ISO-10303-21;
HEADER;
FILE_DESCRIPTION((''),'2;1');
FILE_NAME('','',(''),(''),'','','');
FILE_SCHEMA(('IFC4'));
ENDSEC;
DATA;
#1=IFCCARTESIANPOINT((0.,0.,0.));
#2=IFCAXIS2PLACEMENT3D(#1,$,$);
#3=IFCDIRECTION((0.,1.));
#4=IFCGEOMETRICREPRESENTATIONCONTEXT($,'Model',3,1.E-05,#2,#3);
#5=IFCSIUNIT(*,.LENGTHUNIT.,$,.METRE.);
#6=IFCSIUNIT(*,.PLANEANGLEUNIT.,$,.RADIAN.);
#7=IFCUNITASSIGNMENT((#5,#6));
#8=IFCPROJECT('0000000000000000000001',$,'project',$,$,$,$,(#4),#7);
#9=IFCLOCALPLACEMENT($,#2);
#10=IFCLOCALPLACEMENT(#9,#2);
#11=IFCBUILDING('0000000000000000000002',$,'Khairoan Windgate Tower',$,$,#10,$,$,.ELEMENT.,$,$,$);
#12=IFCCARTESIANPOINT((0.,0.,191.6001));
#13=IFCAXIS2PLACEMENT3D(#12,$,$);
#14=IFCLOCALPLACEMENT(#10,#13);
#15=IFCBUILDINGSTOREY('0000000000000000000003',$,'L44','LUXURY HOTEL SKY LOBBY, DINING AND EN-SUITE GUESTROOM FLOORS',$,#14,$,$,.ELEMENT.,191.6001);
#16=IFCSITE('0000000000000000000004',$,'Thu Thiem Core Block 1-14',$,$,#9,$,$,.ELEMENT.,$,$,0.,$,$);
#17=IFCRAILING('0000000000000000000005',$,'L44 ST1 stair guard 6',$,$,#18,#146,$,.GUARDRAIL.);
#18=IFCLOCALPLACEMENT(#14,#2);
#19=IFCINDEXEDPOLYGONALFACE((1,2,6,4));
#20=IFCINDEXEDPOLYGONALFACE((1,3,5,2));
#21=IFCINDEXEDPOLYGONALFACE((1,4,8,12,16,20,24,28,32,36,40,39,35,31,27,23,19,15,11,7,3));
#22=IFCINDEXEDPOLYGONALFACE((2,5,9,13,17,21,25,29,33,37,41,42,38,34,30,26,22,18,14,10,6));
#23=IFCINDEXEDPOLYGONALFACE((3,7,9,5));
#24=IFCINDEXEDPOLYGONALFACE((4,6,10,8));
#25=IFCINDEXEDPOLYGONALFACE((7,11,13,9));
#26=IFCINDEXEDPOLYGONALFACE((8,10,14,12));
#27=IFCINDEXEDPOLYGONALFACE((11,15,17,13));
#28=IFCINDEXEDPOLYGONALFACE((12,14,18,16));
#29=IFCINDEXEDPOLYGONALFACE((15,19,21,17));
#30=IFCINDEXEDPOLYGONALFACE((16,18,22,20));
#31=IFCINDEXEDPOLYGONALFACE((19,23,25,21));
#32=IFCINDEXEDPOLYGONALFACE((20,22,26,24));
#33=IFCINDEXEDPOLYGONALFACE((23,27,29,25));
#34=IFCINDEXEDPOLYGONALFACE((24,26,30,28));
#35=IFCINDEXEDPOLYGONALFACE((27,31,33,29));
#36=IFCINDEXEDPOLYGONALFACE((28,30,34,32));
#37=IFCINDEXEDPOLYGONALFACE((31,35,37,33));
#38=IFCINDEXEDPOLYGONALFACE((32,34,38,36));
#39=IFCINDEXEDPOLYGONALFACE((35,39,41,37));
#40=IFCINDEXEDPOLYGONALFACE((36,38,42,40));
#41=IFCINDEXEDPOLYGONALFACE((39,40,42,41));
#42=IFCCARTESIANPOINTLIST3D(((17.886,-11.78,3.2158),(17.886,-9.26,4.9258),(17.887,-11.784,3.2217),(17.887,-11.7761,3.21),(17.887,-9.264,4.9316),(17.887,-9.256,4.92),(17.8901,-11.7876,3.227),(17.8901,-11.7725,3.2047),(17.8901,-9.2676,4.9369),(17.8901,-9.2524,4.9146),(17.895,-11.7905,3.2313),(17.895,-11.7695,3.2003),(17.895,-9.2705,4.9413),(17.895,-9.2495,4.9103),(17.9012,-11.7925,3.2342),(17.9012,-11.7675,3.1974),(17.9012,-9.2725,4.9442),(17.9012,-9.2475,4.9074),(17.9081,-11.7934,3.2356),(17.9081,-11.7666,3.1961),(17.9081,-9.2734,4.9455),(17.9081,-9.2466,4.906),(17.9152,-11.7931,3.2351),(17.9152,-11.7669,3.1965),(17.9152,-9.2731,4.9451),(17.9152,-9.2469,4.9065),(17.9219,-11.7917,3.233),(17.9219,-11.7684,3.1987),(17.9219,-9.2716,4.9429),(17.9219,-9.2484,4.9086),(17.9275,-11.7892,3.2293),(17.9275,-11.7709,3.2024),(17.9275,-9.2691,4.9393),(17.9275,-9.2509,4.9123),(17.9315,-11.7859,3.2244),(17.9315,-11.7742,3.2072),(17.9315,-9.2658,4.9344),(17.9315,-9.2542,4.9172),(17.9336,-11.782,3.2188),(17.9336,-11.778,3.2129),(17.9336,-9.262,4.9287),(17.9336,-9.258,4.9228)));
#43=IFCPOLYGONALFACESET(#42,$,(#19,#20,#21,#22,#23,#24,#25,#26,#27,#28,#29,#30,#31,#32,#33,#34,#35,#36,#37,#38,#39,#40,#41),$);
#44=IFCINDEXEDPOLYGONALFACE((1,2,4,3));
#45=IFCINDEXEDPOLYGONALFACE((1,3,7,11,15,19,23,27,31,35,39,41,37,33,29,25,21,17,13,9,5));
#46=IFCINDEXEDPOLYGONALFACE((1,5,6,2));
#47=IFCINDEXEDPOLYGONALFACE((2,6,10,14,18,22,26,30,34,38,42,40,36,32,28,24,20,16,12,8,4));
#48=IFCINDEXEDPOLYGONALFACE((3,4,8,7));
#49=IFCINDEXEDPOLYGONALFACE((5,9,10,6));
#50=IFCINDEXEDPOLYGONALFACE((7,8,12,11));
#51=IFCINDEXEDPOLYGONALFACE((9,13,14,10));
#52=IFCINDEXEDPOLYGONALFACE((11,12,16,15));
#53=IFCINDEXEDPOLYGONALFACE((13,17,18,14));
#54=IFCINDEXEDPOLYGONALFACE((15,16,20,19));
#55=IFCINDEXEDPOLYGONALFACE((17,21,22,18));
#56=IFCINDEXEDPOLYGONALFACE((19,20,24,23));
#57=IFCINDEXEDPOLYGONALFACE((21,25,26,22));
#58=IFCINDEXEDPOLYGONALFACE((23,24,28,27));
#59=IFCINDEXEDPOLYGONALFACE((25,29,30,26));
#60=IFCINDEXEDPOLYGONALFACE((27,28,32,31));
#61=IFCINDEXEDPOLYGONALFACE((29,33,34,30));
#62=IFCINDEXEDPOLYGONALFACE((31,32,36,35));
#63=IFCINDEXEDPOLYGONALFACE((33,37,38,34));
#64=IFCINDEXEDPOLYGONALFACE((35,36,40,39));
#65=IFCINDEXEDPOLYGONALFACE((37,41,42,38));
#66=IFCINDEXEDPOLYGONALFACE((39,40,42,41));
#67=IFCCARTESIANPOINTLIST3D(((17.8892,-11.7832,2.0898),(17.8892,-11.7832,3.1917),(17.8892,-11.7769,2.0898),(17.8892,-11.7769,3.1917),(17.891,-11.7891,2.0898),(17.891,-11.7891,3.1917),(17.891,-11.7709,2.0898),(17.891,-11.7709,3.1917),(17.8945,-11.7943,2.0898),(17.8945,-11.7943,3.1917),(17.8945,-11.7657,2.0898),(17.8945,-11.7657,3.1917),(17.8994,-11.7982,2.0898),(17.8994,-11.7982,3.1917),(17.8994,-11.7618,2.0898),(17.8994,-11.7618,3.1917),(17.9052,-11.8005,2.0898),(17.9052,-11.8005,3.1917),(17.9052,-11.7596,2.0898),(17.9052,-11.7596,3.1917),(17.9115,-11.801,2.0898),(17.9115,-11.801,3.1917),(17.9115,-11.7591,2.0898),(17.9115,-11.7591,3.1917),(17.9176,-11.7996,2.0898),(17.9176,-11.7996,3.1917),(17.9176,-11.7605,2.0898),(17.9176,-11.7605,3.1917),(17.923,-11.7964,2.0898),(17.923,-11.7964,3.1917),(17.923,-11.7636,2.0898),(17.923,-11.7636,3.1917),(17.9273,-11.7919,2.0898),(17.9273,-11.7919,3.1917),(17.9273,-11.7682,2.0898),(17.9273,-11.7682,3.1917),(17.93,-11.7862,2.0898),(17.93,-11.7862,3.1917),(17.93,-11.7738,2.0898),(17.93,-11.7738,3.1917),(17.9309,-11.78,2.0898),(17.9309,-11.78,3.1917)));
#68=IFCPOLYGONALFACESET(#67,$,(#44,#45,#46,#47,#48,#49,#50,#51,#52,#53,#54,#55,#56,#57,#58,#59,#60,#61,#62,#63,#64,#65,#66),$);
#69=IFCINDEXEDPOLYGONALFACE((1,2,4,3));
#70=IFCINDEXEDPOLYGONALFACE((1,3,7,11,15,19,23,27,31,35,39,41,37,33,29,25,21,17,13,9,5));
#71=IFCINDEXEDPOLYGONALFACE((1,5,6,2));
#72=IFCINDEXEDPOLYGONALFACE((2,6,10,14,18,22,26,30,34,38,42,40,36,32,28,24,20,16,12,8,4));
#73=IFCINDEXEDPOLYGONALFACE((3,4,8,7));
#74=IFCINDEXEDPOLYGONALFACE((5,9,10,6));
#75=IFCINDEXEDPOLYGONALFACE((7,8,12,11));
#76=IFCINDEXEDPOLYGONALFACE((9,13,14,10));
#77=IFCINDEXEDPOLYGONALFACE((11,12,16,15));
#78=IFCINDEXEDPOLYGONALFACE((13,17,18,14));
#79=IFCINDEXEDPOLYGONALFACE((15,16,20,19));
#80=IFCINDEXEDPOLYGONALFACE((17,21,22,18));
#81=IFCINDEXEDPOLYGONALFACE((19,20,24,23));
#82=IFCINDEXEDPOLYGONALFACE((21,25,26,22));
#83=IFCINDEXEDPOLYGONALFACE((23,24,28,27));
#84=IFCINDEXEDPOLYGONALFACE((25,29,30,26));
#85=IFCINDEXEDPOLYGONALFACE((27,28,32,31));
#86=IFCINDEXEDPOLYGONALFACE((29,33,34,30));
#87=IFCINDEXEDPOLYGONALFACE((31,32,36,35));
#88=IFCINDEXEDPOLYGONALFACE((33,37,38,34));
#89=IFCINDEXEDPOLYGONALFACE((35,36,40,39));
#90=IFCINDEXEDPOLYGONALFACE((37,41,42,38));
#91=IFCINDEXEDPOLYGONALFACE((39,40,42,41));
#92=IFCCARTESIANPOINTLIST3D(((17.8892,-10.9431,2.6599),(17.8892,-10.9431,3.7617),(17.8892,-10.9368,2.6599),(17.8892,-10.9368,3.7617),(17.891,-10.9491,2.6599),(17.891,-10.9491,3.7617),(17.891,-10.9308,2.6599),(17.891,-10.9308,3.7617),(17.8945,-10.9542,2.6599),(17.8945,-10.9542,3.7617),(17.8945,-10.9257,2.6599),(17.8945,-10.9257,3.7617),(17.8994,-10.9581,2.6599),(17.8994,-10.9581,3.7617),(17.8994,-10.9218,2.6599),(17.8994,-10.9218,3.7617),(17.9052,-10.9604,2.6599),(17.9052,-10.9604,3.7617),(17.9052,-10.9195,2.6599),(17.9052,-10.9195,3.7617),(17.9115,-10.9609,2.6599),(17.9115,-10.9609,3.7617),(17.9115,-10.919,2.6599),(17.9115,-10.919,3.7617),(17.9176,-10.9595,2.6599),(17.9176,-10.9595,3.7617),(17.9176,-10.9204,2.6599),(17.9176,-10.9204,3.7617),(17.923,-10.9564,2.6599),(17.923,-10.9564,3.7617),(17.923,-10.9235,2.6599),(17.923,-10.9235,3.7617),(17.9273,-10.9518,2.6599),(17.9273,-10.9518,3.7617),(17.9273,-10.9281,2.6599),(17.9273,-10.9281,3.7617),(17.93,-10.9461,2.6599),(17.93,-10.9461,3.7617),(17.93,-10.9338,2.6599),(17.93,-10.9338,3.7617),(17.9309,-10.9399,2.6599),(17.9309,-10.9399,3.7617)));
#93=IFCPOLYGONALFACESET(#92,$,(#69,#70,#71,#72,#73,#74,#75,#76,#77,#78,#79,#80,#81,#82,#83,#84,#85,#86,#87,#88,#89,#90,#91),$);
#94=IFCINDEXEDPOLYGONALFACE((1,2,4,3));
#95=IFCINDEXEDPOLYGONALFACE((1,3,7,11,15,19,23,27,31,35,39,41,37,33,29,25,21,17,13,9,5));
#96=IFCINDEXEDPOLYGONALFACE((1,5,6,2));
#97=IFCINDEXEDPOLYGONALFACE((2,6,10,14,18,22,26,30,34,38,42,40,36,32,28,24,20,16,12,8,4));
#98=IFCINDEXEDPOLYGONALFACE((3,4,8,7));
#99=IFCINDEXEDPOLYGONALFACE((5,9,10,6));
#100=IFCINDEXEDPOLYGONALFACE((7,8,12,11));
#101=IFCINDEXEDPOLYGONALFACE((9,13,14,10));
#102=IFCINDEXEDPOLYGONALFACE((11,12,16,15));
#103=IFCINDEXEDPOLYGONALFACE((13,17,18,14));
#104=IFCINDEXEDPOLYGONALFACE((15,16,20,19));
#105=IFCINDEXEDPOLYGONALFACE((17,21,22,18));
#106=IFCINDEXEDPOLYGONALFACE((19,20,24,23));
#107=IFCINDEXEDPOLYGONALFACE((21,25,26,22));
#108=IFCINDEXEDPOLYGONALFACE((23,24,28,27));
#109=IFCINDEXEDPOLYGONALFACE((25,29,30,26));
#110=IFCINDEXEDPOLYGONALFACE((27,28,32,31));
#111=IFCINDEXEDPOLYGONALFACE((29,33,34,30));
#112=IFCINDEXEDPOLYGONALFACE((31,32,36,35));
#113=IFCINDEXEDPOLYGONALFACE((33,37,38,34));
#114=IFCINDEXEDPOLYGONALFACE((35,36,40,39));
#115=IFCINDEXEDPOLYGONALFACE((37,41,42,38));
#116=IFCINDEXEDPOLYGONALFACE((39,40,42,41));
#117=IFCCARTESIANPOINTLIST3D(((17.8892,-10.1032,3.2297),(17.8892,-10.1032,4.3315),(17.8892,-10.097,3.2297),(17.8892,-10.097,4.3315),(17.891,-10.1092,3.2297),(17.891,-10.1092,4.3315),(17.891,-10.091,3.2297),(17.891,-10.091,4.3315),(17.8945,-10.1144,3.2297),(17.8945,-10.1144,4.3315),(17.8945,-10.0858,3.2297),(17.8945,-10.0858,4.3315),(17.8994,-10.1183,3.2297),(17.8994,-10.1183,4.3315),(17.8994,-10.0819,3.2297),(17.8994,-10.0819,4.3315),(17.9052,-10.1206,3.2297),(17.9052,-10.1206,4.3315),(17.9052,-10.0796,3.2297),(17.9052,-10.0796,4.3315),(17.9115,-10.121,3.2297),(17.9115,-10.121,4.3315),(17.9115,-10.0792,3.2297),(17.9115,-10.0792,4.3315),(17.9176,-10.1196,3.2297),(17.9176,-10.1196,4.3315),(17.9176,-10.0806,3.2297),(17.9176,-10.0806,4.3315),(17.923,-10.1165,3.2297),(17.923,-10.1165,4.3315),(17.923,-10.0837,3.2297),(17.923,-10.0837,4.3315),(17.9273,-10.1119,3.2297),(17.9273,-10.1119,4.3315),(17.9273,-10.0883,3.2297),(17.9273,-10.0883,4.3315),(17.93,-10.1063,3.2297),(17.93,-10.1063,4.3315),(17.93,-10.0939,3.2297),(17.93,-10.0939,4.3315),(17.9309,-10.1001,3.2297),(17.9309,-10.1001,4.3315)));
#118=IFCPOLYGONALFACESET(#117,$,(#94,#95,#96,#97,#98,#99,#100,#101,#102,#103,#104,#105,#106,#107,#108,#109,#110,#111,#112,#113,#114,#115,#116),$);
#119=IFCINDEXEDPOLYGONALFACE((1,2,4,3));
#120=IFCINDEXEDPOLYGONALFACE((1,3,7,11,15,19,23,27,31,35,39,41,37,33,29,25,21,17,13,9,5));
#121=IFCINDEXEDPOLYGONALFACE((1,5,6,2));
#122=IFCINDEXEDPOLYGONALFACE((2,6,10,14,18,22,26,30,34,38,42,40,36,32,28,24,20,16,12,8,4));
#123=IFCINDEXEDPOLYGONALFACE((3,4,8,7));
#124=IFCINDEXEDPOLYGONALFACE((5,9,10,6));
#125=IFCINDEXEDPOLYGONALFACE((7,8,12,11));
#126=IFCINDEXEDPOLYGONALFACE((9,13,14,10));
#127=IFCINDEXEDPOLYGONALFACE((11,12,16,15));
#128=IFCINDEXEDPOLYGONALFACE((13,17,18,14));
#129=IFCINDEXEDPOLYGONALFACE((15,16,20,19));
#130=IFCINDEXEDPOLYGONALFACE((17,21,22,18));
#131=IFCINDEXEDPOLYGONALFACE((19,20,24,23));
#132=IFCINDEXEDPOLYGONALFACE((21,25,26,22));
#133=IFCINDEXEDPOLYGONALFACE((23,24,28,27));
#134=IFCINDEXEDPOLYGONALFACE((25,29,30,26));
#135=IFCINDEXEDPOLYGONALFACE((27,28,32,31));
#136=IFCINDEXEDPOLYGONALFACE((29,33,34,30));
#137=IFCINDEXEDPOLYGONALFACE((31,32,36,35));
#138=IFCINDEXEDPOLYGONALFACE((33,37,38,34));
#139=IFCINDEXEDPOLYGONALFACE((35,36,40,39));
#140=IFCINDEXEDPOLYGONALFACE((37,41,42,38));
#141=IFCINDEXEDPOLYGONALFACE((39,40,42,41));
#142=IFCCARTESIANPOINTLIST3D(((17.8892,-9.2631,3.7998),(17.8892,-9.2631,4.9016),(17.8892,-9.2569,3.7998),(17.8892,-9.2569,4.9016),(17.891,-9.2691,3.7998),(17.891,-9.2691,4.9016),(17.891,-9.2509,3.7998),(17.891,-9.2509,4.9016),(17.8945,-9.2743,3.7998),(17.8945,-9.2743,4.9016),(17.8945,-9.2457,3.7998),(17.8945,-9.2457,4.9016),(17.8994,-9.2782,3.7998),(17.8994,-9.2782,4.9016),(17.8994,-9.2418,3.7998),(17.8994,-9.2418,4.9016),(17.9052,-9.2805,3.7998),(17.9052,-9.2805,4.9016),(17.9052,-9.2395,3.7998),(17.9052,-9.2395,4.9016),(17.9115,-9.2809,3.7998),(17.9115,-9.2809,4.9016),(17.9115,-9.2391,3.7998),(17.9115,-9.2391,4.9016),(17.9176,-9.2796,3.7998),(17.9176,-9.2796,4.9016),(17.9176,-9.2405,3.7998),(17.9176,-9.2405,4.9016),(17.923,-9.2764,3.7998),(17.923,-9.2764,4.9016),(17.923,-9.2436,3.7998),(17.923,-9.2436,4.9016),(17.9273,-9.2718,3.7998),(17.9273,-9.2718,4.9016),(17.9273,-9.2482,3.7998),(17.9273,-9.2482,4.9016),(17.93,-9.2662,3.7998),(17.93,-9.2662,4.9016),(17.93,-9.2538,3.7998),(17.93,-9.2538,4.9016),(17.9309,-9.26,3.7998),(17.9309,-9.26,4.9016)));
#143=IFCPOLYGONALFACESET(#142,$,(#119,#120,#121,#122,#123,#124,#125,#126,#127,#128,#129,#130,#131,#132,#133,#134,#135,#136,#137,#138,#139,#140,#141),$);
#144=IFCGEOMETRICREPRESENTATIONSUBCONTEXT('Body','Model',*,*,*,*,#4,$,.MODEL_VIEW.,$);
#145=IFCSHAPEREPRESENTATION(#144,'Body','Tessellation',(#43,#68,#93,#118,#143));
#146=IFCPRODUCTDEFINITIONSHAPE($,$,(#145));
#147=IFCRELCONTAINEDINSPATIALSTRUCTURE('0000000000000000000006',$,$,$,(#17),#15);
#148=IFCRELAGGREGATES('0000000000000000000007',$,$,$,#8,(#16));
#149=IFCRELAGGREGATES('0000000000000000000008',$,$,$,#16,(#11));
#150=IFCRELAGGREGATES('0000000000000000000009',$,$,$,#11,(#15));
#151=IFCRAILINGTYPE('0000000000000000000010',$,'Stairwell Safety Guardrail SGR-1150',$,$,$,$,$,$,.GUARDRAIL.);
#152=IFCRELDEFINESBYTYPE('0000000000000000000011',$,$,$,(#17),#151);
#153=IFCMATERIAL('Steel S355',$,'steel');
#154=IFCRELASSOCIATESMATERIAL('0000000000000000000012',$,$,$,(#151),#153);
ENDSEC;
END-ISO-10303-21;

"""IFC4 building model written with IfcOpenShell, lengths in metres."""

from ifc_helpers import new_model, si_unit, direction, frame, origin, origin_2d, place, context, subcontext, project, spatial, circle, extrude, material, type_object, element, save


model = new_model("IFC4")

# Units and contexts
model_context = context("Model", 3, precision=1e-05, world=origin(), true_north=direction((0.0, 1.0)))
body_context = subcontext(model_context, "Body", "Model", "MODEL_VIEW")
ifc_project = project(units=[si_unit("LENGTHUNIT", "METRE"), si_unit("PLANEANGLEUNIT", "RADIAN")], contexts=[model_context])

# Site, building, storey
site_placement = place(None, origin())
site = spatial("IfcSite", under=ifc_project, at=site_placement, Name="Thu Thiem Core Block 1-14", CompositionType="ELEMENT", RefElevation=0.0)
building_placement = place(site_placement, origin())
building = spatial("IfcBuilding", under=site, at=building_placement, Name="Khairoan Windgate Tower", CompositionType="ELEMENT")
storey_placement = place(building_placement, frame((0.0, 0.0, 191.6001)))
storey = spatial("IfcBuildingStorey", under=building, at=storey_placement, Name="L44", Description="LUXURY HOTEL SKY LOBBY, DINING AND EN-SUITE GUESTROOM FLOORS", CompositionType="ELEMENT", Elevation=191.6001)

# Railing
ifc_material_1 = material(Name="Steel S355", Category="steel")
railing_type_1 = type_object("IfcRailingType", Name="Stairwell Safety Guardrail SGR-1150", PredefinedType="GUARDRAIL", material=ifc_material_1)
railing_1_placement = place(storey_placement, frame((17.9099, -11.78, 2.0898)))
element("IfcRailing", 1, at=railing_1_placement, inside=storey, type_object=railing_type_1, Name="L44 ST1 stair guard 6", PredefinedType="GUARDRAIL", context=body_context, shape_type="SweptSolid", body=[
    extrude(circle(Radius=0.0239, at=origin_2d()), frame((0.0, 0.0, 1.126), z_axis=(0.0, 0.827484, 0.56149), x_axis=(-1.0, 0.0, 0.0)), (0.0, 0.0, 1.0), 3.0454),
    extrude(circle(Radius=0.021, at=origin_2d()), origin(), (0.0, 0.0, 1.0), 1.1018),
    extrude(circle(Radius=0.021, at=origin_2d()), frame((0.0, 0.8401, 0.5701)), (0.0, 0.0, 1.0), 1.1018),
    extrude(circle(Radius=0.021, at=origin_2d()), frame((0.0, 1.6799, 1.1399)), (0.0, 0.0, 1.0), 1.1018),
    extrude(circle(Radius=0.021, at=origin_2d()), frame((0.0, 2.52, 1.71)), (0.0, 0.0, 1.0), 1.1018),
])

save(model, "model.ifc")
